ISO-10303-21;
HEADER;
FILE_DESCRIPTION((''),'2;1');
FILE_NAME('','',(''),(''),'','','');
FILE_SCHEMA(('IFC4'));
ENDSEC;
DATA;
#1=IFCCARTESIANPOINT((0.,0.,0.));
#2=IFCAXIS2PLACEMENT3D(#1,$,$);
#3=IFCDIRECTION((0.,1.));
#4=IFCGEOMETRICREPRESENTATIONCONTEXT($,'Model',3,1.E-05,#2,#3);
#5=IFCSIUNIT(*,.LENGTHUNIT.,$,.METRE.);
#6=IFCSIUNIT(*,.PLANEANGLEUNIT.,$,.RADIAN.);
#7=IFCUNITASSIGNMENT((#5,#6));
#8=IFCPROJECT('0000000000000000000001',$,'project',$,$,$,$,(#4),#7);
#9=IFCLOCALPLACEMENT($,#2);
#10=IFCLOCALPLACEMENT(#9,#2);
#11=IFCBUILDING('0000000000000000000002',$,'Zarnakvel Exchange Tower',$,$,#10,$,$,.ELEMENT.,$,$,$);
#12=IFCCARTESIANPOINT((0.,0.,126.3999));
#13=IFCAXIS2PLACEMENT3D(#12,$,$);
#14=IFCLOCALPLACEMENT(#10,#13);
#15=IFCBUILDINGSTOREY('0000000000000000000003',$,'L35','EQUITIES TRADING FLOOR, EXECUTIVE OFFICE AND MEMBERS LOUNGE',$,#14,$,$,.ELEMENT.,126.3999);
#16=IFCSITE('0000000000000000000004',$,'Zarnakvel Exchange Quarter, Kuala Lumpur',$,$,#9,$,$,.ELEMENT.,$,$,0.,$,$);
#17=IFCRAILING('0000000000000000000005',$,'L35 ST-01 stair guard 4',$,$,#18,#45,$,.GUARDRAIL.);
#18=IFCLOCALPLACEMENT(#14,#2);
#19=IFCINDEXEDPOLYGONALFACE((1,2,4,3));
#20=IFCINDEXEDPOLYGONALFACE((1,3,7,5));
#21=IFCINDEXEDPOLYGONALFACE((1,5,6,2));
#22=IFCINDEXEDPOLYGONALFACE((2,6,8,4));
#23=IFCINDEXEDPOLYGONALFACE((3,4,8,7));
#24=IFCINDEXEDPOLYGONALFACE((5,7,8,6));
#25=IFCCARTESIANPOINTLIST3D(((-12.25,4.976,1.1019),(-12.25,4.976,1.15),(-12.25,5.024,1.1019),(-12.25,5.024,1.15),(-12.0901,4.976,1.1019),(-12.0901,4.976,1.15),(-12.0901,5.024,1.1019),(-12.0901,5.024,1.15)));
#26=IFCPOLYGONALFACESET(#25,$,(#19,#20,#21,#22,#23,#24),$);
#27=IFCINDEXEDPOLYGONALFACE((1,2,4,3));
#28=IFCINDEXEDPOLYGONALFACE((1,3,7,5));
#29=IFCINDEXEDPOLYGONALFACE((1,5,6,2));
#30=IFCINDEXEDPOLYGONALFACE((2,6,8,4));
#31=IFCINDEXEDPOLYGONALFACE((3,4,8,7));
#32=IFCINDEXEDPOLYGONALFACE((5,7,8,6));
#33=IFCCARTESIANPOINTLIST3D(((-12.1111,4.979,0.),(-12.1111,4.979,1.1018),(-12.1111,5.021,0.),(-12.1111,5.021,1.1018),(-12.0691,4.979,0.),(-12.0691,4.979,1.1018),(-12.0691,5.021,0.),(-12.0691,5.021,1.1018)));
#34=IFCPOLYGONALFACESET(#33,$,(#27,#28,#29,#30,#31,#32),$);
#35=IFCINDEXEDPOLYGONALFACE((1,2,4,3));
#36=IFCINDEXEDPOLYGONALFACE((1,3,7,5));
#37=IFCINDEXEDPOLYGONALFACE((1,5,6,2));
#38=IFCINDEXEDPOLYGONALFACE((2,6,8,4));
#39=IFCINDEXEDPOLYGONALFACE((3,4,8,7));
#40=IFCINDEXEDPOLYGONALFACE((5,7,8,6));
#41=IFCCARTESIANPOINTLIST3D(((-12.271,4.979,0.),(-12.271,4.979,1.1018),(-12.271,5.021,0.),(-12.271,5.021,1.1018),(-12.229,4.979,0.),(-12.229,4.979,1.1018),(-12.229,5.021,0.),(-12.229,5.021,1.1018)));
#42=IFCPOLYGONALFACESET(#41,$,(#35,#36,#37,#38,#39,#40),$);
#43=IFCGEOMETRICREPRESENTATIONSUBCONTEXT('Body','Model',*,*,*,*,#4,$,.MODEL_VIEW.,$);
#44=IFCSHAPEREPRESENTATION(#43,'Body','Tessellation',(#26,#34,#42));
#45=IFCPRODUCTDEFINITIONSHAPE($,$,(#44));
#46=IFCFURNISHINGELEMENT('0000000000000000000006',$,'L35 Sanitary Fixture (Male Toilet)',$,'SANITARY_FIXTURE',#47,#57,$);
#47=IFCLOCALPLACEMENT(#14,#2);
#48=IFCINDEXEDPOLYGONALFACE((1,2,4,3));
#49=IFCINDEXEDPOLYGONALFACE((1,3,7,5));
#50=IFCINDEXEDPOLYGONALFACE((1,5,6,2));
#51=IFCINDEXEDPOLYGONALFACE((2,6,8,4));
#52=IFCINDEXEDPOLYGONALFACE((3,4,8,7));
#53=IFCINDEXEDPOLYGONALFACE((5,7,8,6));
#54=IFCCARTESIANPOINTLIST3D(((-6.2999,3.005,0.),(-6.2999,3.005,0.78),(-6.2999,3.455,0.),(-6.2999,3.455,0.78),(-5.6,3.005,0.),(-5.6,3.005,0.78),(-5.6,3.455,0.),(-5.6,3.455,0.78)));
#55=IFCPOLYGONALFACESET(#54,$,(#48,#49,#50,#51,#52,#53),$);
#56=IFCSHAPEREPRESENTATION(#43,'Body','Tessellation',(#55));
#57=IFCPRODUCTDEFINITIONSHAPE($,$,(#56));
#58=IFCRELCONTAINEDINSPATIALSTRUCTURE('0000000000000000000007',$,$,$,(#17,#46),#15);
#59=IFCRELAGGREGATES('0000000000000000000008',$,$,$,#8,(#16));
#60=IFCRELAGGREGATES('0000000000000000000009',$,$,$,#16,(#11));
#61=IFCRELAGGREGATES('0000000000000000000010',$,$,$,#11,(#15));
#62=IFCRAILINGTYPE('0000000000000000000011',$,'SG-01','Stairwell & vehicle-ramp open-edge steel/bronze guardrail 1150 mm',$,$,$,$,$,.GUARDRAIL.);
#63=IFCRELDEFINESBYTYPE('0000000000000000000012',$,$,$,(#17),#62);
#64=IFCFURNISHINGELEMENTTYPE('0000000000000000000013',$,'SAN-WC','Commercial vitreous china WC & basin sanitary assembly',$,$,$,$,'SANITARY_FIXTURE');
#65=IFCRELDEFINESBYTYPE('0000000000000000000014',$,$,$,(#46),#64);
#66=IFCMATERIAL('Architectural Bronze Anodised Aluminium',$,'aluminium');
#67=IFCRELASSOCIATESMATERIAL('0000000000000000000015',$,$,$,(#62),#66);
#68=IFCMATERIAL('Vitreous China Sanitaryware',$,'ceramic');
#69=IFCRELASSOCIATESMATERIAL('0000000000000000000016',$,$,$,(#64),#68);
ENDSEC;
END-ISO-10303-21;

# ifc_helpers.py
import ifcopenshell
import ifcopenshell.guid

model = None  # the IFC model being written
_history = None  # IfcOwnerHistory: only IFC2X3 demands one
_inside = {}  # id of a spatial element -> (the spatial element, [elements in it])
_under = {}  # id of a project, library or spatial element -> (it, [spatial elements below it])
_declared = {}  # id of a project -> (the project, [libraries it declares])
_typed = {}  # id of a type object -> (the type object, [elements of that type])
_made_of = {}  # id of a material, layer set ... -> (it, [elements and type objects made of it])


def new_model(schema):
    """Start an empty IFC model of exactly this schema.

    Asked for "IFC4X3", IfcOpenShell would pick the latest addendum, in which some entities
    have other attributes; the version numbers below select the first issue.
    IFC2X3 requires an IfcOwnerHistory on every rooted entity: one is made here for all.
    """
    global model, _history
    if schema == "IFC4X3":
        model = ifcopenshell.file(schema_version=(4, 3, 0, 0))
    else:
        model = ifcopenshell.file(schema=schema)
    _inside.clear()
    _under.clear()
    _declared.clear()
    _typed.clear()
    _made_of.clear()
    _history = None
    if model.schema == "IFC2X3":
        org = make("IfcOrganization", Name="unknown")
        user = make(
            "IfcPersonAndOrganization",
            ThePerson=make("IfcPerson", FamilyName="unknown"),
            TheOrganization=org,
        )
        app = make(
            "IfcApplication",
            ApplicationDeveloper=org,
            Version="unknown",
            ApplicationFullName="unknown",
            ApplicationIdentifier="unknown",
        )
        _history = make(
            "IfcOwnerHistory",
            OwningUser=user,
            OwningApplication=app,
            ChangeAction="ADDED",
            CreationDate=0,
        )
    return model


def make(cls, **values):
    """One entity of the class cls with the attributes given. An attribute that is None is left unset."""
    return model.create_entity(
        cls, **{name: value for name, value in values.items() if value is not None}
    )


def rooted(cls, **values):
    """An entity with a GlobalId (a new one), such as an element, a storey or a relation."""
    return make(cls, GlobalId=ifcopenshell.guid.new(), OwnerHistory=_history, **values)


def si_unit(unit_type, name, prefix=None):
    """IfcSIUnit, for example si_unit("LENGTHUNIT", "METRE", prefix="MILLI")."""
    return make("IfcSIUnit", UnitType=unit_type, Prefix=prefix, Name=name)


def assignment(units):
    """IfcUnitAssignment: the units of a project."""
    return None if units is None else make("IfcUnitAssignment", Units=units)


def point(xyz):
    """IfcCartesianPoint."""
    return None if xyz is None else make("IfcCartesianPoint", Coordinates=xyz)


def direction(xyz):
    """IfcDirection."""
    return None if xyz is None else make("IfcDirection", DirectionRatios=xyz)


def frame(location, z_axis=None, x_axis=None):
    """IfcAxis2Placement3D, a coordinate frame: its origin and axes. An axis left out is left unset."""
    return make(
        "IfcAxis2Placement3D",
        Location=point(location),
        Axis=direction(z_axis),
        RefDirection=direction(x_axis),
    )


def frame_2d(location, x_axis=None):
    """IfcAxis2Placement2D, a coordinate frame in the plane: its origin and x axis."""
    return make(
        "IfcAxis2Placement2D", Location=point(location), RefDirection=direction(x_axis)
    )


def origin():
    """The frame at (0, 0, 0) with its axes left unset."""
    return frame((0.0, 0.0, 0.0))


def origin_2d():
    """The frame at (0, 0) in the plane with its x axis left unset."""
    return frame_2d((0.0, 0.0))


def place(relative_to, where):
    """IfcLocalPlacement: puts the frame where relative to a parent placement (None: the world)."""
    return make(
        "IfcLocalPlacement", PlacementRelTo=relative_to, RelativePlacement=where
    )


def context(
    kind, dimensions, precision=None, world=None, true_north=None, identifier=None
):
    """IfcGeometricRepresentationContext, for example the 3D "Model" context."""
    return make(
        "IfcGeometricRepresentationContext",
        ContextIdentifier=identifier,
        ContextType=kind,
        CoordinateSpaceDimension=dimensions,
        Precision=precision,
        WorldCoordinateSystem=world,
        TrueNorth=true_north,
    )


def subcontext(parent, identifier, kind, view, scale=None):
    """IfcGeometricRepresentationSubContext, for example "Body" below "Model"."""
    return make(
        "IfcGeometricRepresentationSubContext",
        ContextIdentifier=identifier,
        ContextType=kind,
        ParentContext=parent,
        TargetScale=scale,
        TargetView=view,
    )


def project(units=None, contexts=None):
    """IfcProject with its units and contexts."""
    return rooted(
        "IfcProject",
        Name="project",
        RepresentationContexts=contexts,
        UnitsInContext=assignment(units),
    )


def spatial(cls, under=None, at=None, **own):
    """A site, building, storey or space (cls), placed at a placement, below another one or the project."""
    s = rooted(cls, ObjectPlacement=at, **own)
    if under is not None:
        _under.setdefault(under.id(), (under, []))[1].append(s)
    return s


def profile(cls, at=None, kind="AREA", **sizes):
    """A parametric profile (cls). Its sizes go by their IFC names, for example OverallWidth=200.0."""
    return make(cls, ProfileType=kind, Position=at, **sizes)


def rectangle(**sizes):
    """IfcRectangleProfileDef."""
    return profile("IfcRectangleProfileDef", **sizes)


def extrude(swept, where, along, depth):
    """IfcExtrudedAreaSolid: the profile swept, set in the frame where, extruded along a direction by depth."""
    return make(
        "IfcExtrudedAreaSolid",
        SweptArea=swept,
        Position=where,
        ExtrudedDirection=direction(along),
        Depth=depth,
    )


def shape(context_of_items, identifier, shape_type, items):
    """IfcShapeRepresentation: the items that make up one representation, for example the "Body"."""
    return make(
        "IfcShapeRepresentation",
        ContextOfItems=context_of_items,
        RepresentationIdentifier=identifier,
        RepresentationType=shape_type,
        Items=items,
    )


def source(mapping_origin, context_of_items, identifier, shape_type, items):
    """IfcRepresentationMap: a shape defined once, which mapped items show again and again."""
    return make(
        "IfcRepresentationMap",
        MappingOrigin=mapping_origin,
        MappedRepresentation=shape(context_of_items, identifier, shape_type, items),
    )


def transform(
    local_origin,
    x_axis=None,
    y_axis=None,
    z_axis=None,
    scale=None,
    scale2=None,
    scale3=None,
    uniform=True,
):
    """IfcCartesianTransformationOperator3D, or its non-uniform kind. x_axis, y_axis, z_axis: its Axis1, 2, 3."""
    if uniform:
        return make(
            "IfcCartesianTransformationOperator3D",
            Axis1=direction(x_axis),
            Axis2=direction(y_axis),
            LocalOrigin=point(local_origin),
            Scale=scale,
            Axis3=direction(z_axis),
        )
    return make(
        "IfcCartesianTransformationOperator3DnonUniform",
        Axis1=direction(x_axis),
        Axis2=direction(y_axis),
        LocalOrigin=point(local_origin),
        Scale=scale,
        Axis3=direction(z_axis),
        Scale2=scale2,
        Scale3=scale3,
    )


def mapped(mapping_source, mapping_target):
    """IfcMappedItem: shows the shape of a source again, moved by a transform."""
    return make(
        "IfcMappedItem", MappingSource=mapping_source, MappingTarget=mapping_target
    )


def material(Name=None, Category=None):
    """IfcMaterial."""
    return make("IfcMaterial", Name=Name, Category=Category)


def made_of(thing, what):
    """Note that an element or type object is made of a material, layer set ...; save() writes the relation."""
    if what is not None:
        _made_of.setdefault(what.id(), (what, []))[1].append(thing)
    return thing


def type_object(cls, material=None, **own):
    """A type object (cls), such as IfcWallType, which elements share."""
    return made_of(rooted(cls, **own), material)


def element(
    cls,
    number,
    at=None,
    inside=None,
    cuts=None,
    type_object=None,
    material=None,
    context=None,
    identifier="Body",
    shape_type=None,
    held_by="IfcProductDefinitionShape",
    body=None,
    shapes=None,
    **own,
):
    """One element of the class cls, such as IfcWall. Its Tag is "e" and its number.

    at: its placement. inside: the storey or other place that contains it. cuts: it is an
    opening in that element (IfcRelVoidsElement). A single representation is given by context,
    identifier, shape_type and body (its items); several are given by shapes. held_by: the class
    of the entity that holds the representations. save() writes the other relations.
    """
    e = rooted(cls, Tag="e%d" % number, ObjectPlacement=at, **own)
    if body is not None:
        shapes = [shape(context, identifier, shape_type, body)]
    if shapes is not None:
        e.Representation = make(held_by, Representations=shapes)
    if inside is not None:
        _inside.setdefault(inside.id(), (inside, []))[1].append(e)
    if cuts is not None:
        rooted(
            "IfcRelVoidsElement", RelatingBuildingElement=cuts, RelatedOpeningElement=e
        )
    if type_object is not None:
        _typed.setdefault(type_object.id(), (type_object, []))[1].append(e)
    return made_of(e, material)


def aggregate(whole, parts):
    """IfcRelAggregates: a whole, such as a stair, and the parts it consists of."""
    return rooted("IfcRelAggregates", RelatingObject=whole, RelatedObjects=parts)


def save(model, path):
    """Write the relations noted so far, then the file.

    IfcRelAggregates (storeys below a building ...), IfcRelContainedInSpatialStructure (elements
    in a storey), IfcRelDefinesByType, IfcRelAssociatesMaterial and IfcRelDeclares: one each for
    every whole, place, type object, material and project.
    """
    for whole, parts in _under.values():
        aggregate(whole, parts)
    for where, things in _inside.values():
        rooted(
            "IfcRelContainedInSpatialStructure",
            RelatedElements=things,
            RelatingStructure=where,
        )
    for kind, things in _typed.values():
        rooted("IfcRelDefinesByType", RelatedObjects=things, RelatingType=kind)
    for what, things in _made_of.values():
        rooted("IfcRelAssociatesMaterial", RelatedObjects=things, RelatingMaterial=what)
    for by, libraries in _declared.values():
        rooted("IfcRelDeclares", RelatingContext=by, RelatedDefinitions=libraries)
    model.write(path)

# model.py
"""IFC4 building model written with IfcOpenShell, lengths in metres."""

from ifc_helpers import new_model, si_unit, direction, frame, origin, origin_2d, place, context, subcontext, project, spatial, rectangle, extrude, source, transform, mapped, material, type_object, element, save


model = new_model("IFC4")

# Units and contexts
model_context = context("Model", 3, precision=1e-05, world=origin(), true_north=direction((0.0, 1.0)))
body_context = subcontext(model_context, "Body", "Model", "MODEL_VIEW")
ifc_project = project(units=[si_unit("LENGTHUNIT", "METRE"), si_unit("PLANEANGLEUNIT", "RADIAN")], contexts=[model_context])

# Site, building, storey
site_placement = place(None, origin())
site = spatial("IfcSite", under=ifc_project, at=site_placement, Name="Zarnakvel Exchange Quarter, Kuala Lumpur", CompositionType="ELEMENT", RefElevation=0.0)
building_placement = place(site_placement, origin())
building = spatial("IfcBuilding", under=site, at=building_placement, Name="Zarnakvel Exchange Tower", CompositionType="ELEMENT")
storey_placement = place(building_placement, frame((0.0, 0.0, 126.3999)))
storey = spatial("IfcBuildingStorey", under=building, at=storey_placement, Name="L35", Description="EQUITIES TRADING FLOOR, EXECUTIVE OFFICE AND MEMBERS LOUNGE", CompositionType="ELEMENT", Elevation=126.3999)

# Shared definitions
ifc_material_1 = material(Name="Architectural Bronze Anodised Aluminium", Category="aluminium")

# Railing
railing_type_1 = type_object("IfcRailingType", Name="SG-01", Description="Stairwell & vehicle-ramp open-edge steel/bronze guardrail 1150 mm", PredefinedType="GUARDRAIL", material=ifc_material_1)
railing_1_placement = place(storey_placement, frame((-12.0901, 5.0, 0.0)))
element("IfcRailing", 1, at=railing_1_placement, inside=storey, type_object=railing_type_1, Name="L35 ST-01 stair guard 4", PredefinedType="GUARDRAIL", context=body_context, shape_type="SweptSolid", body=[
    extrude(rectangle(XDim=0.0481, YDim=0.0481, at=origin_2d()), frame((0.0, 0.0, 1.126), z_axis=(-1.0, 0.0, 0.0), x_axis=(0.0, -1.0, 0.0)), (0.0, 0.0, 1.0), 0.1599),
    extrude(rectangle(XDim=0.042, YDim=0.042, at=origin_2d()), origin(), (0.0, 0.0, 1.0), 1.1018),
    extrude(rectangle(XDim=0.042, YDim=0.042, at=origin_2d()), frame((-0.1599, 0.0, 0.0)), (0.0, 0.0, 1.0), 1.1018),
])

# Furnishing element
ifc_material_2 = material(Name="Vitreous China Sanitaryware", Category="ceramic")
furnishing_element_type = type_object("IfcFurnishingElementType", Name="SAN-WC", Description="Commercial vitreous china WC & basin sanitary assembly", ElementType="SANITARY_FIXTURE", material=ifc_material_2)
shared_shape_1 = source(origin(), body_context, "Body", "SweptSolid", [
    extrude(rectangle(XDim=0.7, YDim=0.45, at=origin_2d()), origin(), (0.0, 0.0, 1.0), 0.78),
])
furnishing_placement = place(storey_placement, frame((-5.95, 3.23, 0.0), z_axis=(0.0, 0.0, 1.0), x_axis=(1.0, 0.0, 0.0)))
element("IfcFurnishingElement", 2, at=furnishing_placement, inside=storey, type_object=furnishing_element_type, Name="L35 Sanitary Fixture (Male Toilet)", ObjectType="SANITARY_FIXTURE", context=body_context, shape_type="MappedRepresentation", body=[
    mapped(shared_shape_1, transform((0.0, 0.0, 0.0), x_axis=(1.0, 0.0, 0.0), y_axis=(0.0, 1.0, 0.0), z_axis=(0.0, 0.0, 1.0), scale=1.0)),
])

save(model, "model.ifc")
